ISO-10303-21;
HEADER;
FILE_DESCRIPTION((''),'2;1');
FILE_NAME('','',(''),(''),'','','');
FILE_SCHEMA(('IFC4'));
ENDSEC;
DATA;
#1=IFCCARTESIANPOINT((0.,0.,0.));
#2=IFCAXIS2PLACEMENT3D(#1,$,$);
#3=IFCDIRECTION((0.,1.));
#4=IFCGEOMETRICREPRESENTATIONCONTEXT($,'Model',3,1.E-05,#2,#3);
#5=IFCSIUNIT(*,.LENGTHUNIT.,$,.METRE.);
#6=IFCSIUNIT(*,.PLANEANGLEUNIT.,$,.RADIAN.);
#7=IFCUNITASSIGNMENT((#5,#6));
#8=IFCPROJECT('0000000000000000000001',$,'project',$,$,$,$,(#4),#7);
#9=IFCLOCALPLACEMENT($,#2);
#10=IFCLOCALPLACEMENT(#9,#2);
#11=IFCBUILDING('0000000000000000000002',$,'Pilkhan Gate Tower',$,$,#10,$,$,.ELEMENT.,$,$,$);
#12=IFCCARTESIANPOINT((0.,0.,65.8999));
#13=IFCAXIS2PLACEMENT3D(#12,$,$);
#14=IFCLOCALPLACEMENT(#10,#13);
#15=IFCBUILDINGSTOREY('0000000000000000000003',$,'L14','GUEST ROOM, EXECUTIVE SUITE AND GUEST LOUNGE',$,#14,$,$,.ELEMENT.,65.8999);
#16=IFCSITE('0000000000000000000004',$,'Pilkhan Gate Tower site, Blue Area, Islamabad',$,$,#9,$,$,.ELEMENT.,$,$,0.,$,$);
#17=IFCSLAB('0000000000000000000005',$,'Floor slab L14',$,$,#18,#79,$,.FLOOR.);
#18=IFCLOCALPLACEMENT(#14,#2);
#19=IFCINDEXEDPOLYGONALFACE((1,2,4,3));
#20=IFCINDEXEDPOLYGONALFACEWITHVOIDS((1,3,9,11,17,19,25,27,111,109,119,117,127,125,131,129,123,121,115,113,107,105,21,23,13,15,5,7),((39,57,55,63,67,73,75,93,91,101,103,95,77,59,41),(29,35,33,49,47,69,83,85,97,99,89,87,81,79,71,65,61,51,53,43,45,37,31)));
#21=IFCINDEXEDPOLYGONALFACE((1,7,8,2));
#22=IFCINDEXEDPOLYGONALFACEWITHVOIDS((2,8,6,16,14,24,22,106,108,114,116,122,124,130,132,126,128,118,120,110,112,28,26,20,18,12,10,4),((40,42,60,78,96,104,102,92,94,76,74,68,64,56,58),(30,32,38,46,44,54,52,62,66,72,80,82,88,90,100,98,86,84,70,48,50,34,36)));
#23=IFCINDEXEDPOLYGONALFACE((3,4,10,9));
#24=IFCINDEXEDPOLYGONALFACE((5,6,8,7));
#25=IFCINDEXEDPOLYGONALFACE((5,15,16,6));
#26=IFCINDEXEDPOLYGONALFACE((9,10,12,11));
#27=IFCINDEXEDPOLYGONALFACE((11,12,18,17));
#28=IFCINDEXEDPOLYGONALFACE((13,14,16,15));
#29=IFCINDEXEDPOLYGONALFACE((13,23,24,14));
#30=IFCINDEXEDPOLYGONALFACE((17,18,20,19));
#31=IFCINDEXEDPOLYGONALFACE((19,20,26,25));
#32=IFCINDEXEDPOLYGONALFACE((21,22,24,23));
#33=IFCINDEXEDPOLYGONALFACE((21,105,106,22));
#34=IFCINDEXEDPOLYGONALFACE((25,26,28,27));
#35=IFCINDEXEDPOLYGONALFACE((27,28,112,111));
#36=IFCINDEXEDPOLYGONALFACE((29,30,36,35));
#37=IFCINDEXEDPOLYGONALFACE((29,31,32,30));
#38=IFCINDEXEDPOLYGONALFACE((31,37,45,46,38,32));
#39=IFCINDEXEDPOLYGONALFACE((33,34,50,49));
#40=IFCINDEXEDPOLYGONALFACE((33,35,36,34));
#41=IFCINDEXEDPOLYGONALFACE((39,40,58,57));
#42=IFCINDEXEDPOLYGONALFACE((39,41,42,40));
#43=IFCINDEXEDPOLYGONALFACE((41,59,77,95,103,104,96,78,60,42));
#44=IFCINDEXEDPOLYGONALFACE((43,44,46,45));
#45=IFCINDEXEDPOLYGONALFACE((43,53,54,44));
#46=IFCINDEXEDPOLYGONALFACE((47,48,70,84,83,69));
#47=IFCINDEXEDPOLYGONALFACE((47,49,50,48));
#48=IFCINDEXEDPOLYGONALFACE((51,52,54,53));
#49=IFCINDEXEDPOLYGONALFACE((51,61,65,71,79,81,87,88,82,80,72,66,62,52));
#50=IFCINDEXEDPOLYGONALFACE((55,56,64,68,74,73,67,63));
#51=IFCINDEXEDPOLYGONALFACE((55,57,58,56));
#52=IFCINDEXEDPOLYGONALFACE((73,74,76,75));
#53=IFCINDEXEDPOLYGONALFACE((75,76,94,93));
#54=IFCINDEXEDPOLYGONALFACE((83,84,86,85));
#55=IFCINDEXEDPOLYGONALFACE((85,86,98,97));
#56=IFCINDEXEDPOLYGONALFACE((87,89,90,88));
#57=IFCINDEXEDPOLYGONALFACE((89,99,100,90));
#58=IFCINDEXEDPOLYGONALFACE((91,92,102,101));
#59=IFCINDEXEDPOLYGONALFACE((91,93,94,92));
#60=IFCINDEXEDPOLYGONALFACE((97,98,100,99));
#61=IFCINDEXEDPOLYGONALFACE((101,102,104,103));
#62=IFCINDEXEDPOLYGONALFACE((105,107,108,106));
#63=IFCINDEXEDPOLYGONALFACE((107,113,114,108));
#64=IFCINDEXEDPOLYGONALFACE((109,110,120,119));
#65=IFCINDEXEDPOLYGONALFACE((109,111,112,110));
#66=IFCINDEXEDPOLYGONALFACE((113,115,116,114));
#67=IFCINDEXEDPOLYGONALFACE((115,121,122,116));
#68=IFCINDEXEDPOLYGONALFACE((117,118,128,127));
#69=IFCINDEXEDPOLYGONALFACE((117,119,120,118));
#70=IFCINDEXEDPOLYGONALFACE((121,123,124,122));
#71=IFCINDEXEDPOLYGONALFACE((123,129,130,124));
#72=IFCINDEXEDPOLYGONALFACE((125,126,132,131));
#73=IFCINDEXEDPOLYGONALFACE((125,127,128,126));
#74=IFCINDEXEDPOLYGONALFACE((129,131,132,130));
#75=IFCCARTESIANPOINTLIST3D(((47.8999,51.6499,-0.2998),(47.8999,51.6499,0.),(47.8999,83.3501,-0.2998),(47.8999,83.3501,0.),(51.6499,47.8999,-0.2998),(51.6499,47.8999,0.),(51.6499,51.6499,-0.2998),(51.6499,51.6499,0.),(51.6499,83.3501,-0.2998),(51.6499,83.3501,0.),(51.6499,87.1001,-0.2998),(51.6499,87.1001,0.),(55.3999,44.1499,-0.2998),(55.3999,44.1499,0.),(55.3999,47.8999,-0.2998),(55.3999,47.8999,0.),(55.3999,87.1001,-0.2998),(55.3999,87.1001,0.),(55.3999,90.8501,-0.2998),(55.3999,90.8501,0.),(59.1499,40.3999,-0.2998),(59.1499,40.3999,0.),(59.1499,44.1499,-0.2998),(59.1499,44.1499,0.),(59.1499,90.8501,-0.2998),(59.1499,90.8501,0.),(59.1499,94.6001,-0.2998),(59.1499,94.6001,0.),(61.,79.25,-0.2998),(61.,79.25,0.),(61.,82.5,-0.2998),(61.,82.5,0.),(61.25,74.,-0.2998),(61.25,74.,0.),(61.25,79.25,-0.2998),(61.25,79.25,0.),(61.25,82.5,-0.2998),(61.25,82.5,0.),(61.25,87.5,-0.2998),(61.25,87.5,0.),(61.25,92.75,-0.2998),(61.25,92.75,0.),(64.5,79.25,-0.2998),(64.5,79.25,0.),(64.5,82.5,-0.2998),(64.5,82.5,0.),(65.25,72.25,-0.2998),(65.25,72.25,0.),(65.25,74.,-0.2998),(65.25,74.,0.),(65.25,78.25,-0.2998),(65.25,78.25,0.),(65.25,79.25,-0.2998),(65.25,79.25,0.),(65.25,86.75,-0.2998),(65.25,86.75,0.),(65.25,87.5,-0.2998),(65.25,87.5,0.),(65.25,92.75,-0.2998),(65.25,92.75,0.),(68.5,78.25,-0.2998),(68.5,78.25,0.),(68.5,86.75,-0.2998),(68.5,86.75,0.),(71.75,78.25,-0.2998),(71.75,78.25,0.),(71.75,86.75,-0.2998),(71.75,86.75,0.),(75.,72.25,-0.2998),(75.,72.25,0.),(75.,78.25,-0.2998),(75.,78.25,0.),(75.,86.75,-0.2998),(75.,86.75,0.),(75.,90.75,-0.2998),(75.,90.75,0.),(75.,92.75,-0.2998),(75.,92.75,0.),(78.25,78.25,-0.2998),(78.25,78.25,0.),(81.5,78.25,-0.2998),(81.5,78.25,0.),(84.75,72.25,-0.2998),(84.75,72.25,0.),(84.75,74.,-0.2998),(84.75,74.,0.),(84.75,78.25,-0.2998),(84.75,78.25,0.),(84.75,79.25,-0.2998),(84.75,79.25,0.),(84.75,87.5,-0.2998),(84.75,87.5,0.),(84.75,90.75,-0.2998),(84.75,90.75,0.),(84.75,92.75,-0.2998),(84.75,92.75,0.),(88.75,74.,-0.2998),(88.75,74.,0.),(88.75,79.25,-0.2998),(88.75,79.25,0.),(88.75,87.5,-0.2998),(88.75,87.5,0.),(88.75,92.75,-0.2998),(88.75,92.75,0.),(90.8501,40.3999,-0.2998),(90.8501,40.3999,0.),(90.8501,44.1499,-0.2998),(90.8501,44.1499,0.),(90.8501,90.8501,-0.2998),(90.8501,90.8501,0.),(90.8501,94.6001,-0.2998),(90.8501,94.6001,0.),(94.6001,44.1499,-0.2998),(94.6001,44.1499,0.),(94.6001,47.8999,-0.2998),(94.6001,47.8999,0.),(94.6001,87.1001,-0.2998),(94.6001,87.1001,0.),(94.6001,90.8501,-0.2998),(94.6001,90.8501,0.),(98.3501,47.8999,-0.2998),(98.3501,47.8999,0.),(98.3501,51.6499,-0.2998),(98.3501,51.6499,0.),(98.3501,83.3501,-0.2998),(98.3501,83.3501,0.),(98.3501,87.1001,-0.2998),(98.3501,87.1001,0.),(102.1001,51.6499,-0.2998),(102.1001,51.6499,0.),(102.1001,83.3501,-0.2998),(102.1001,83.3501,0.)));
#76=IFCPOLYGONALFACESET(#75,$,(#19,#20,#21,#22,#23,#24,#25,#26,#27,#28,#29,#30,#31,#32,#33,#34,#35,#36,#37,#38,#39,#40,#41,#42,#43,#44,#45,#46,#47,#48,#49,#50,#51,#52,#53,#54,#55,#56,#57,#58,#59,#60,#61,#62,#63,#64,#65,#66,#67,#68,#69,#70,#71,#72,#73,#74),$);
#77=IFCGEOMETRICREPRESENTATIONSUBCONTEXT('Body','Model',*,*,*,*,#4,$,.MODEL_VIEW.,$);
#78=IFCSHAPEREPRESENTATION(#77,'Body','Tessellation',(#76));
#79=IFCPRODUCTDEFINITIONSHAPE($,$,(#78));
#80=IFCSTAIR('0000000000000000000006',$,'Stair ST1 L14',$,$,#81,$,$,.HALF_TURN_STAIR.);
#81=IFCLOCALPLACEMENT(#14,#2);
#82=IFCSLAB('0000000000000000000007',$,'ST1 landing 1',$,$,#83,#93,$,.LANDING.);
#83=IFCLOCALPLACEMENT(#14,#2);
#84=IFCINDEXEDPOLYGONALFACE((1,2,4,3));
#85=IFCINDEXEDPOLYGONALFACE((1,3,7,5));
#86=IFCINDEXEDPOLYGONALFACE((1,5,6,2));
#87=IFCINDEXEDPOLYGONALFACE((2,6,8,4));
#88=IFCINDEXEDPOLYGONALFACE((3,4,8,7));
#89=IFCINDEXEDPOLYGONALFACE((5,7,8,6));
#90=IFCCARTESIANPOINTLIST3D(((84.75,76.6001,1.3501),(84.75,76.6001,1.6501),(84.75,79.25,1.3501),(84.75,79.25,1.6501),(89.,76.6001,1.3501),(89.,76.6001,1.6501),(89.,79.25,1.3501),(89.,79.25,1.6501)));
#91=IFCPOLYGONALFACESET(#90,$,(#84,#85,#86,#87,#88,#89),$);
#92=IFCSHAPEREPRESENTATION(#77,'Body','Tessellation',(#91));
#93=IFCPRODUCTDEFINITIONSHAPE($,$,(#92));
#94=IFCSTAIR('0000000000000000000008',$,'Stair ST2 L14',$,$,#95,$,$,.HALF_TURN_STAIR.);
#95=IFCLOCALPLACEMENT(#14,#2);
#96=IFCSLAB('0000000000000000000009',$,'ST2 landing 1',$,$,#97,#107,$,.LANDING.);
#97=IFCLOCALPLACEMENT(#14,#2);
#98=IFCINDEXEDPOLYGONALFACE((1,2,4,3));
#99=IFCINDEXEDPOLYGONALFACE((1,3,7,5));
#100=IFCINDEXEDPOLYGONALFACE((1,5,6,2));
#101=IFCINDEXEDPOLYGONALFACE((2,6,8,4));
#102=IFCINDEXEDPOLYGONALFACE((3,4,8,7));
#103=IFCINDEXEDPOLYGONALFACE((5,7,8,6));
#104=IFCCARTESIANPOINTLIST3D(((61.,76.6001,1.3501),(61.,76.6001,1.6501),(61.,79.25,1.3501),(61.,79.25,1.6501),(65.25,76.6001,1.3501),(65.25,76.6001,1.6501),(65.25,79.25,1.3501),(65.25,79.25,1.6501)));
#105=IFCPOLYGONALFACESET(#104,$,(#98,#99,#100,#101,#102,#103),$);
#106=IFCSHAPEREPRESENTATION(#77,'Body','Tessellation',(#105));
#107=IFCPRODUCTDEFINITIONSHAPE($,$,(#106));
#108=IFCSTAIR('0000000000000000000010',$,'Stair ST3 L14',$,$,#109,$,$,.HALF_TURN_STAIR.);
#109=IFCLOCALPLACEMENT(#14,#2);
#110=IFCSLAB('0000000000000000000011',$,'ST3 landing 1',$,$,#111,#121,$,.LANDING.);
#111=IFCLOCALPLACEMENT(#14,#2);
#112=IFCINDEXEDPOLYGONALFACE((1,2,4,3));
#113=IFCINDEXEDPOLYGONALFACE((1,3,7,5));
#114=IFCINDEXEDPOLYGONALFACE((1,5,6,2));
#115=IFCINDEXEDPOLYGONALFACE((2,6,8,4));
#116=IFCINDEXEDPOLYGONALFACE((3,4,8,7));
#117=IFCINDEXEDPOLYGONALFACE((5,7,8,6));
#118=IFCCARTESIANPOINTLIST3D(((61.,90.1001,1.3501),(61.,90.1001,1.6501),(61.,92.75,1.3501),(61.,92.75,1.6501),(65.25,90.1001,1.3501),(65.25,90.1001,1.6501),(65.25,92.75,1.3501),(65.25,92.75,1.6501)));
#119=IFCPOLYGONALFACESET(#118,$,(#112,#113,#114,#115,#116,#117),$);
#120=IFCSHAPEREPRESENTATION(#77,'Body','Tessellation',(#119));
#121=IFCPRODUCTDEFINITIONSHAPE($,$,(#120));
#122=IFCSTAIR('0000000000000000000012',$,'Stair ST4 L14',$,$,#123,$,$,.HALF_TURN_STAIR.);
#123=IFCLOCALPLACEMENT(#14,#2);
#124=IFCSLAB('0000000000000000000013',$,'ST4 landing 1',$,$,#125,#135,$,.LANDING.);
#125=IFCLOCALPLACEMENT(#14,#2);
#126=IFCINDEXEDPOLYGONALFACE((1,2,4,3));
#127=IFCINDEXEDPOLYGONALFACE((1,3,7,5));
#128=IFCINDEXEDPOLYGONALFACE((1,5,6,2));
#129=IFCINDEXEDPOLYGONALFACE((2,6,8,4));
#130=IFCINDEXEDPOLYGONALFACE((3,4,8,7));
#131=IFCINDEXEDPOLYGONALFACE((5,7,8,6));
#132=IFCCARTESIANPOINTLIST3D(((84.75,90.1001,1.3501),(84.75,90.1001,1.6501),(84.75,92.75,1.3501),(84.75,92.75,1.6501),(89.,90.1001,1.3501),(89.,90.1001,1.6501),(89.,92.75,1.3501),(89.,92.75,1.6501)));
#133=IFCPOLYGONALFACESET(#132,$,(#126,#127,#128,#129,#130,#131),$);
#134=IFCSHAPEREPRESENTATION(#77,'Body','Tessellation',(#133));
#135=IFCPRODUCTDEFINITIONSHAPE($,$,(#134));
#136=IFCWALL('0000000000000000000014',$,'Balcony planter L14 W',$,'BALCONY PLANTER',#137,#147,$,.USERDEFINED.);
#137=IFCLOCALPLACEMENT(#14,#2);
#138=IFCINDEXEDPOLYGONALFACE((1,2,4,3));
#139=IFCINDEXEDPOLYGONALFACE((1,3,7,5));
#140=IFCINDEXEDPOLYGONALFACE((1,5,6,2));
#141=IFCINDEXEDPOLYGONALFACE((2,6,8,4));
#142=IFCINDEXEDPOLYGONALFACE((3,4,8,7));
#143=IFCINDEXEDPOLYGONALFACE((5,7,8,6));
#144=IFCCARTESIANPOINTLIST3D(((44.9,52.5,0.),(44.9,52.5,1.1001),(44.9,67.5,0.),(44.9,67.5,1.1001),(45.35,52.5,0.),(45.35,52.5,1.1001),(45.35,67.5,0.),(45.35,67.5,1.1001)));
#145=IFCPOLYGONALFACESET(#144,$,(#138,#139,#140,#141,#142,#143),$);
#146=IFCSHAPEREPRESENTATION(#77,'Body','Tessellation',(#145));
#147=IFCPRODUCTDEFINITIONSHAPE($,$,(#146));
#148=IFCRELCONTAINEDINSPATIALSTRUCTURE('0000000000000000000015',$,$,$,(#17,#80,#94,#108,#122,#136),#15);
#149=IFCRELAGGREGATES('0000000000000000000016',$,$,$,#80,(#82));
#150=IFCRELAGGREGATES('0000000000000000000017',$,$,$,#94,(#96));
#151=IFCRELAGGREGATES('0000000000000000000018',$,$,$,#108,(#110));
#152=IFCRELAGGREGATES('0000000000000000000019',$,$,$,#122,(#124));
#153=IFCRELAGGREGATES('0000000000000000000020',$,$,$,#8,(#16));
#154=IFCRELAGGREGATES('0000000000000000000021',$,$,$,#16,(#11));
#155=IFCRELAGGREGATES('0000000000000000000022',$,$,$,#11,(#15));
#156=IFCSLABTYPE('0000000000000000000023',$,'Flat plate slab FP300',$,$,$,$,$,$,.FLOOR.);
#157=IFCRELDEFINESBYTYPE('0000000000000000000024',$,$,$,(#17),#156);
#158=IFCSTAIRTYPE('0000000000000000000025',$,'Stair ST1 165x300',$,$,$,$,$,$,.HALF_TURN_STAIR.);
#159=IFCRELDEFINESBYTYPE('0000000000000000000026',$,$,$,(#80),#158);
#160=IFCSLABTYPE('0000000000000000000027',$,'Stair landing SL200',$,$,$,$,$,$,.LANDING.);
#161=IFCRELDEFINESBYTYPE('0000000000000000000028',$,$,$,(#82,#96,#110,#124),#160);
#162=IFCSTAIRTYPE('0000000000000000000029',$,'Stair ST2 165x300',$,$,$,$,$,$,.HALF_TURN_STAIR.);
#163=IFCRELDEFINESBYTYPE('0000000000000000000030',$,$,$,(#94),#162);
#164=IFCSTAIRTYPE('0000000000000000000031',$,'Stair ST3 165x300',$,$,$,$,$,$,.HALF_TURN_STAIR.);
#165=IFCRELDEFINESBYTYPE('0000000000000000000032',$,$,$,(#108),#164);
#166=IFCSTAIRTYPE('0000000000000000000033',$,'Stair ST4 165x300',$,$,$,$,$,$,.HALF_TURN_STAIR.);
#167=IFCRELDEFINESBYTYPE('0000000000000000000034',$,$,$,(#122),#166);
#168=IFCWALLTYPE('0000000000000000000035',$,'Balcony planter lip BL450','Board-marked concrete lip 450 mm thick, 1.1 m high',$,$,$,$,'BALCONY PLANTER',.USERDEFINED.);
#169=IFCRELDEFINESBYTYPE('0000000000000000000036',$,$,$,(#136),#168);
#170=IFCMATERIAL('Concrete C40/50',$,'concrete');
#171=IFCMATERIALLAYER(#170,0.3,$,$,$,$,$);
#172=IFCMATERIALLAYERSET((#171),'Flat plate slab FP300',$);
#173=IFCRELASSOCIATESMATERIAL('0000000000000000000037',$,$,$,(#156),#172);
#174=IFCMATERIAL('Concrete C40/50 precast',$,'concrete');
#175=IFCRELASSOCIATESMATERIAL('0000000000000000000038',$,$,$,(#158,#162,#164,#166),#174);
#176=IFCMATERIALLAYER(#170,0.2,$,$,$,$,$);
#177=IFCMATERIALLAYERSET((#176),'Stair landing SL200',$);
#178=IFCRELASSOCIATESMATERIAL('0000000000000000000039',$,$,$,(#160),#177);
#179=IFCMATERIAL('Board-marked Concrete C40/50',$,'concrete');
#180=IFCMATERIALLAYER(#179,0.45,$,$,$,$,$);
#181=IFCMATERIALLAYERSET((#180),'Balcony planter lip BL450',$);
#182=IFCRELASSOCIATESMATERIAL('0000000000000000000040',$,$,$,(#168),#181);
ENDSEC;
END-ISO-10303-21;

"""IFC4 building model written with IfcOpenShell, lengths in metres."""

from ifc_helpers import new_model, si_unit, direction, frame, frame_2d, origin, place, context, subcontext, project, spatial, polyline, rectangle, outline, extrude, material, layer, layer_set, type_object, element, aggregate, save


model = new_model("IFC4")

# Units and contexts
model_context = context("Model", 3, precision=1e-05, world=origin(), true_north=direction((0.0, 1.0)))
body_context = subcontext(model_context, "Body", "Model", "MODEL_VIEW")
ifc_project = project(units=[si_unit("LENGTHUNIT", "METRE"), si_unit("PLANEANGLEUNIT", "RADIAN")], contexts=[model_context])

# Site, building, storey
site_placement = place(None, origin())
site = spatial("IfcSite", under=ifc_project, at=site_placement, Name="Pilkhan Gate Tower site, Blue Area, Islamabad", CompositionType="ELEMENT", RefElevation=0.0)
building_placement = place(site_placement, origin())
building = spatial("IfcBuilding", under=site, at=building_placement, Name="Pilkhan Gate Tower", CompositionType="ELEMENT")
storey_placement = place(building_placement, frame((0.0, 0.0, 65.8999)))
storey = spatial("IfcBuildingStorey", under=building, at=storey_placement, Name="L14", Description="GUEST ROOM, EXECUTIVE SUITE AND GUEST LOUNGE", CompositionType="ELEMENT", Elevation=65.8999)

# Slab
ifc_material_1 = material(Name="Concrete C40/50", Category="concrete")
ifc_layer_1 = layer(ifc_material_1, 0.3)
ifc_layer_set_1 = layer_set([ifc_layer_1], Name="Flat plate slab FP300")
slab_type_1 = type_object("IfcSlabType", Name="Flat plate slab FP300", PredefinedType="FLOOR", material=ifc_layer_set_1)
slab_1_placement = place(storey_placement, frame((0.0, 0.0, -0.2998)))
element("IfcSlab", 1, at=slab_1_placement, inside=storey, type_object=slab_type_1, Name="Floor slab L14", PredefinedType="FLOOR", context=body_context, shape_type="SweptSolid", body=[
    extrude(outline(polyline([(98.3501, 47.8999), (94.6001, 47.8999), (94.6001, 44.1499), (90.8501, 44.1499), (90.8501, 40.3999), (59.1499, 40.3999), (59.1499, 44.1499), (55.3999, 44.1499), (55.3999, 47.8999), (51.6499, 47.8999), (51.6499, 51.6499), (47.8999, 51.6499), (47.8999, 83.3501), (51.6499, 83.3501), (51.6499, 87.1001), (55.3999, 87.1001), (55.3999, 90.8501), (59.1499, 90.8501), (59.1499, 94.6001), (90.8501, 94.6001), (90.8501, 90.8501), (94.6001, 90.8501), (94.6001, 87.1001), (98.3501, 87.1001), (98.3501, 83.3501), (102.1001, 83.3501), (102.1001, 51.6499), (98.3501, 51.6499), (98.3501, 47.8999)]), holes=[polyline([(65.25, 87.5), (65.25, 86.75), (68.5, 86.75), (71.75, 86.75), (75.0, 86.75), (75.0, 90.75), (84.75, 90.75), (84.75, 87.5), (88.75, 87.5), (88.75, 92.75), (84.75, 92.75), (75.0, 92.75), (65.25, 92.75), (61.25, 92.75), (61.25, 87.5), (65.25, 87.5)]), polyline([(75.0, 72.25), (84.75, 72.25), (84.75, 74.0), (88.75, 74.0), (88.75, 79.25), (84.75, 79.25), (84.75, 78.25), (81.5, 78.25), (78.25, 78.25), (75.0, 78.25), (71.75, 78.25), (68.5, 78.25), (65.25, 78.25), (65.25, 79.25), (64.5, 79.25), (64.5, 82.5), (61.25, 82.5), (61.0, 82.5), (61.0, 79.25), (61.25, 79.25), (61.25, 74.0), (65.25, 74.0), (65.25, 72.25), (75.0, 72.25)])]), origin(), (0.0, 0.0, 1.0), 0.2998),
])

# Stairs, slabs
ifc_material_2 = material(Name="Concrete C40/50 precast", Category="concrete")
stair_type_1 = type_object("IfcStairType", Name="Stair ST1 165x300", PredefinedType="HALF_TURN_STAIR", material=ifc_material_2)
stair_1_placement = place(storey_placement, origin())
stair_1 = element("IfcStair", 2, at=stair_1_placement, inside=storey, type_object=stair_type_1, Name="Stair ST1 L14", PredefinedType="HALF_TURN_STAIR")
ifc_layer_2 = layer(ifc_material_1, 0.2)
ifc_layer_set_2 = layer_set([ifc_layer_2], Name="Stair landing SL200")
slab_type_2 = type_object("IfcSlabType", Name="Stair landing SL200", PredefinedType="LANDING", material=ifc_layer_set_2)
slab_2_placement = place(storey_placement, frame((0.0, 0.0, 1.3501)))
slab_2 = element("IfcSlab", 3, at=slab_2_placement, type_object=slab_type_2, Name="ST1 landing 1", PredefinedType="LANDING", context=body_context, shape_type="SweptSolid", body=[
    extrude(outline(polyline([(89.0, 76.6001), (89.0, 79.25), (84.75, 79.25), (84.75, 76.6001), (89.0, 76.6001)])), origin(), (0.0, 0.0, 1.0), 0.3),
])
aggregate(stair_1, [slab_2])
stair_type_2 = type_object("IfcStairType", Name="Stair ST2 165x300", PredefinedType="HALF_TURN_STAIR", material=ifc_material_2)
stair_2_placement = place(storey_placement, origin())
stair_2 = element("IfcStair", 4, at=stair_2_placement, inside=storey, type_object=stair_type_2, Name="Stair ST2 L14", PredefinedType="HALF_TURN_STAIR")
slab_3_placement = place(storey_placement, frame((0.0, 0.0, 1.3501)))
slab_3 = element("IfcSlab", 5, at=slab_3_placement, type_object=slab_type_2, Name="ST2 landing 1", PredefinedType="LANDING", context=body_context, shape_type="SweptSolid", body=[
    extrude(outline(polyline([(65.25, 76.6001), (65.25, 79.25), (61.0, 79.25), (61.0, 76.6001), (65.25, 76.6001)])), origin(), (0.0, 0.0, 1.0), 0.3),
])
aggregate(stair_2, [slab_3])
stair_type_3 = type_object("IfcStairType", Name="Stair ST3 165x300", PredefinedType="HALF_TURN_STAIR", material=ifc_material_2)
stair_3_placement = place(storey_placement, origin())
stair_3 = element("IfcStair", 6, at=stair_3_placement, inside=storey, type_object=stair_type_3, Name="Stair ST3 L14", PredefinedType="HALF_TURN_STAIR")
slab_4_placement = place(storey_placement, frame((0.0, 0.0, 1.3501)))
slab_4 = element("IfcSlab", 7, at=slab_4_placement, type_object=slab_type_2, Name="ST3 landing 1", PredefinedType="LANDING", context=body_context, shape_type="SweptSolid", body=[
    extrude(outline(polyline([(65.25, 90.1001), (65.25, 92.75), (61.0, 92.75), (61.0, 90.1001), (65.25, 90.1001)])), origin(), (0.0, 0.0, 1.0), 0.3),
])
aggregate(stair_3, [slab_4])
stair_type_4 = type_object("IfcStairType", Name="Stair ST4 165x300", PredefinedType="HALF_TURN_STAIR", material=ifc_material_2)
stair_4_placement = place(storey_placement, origin())
stair_4 = element("IfcStair", 8, at=stair_4_placement, inside=storey, type_object=stair_type_4, Name="Stair ST4 L14", PredefinedType="HALF_TURN_STAIR")
slab_5_placement = place(storey_placement, frame((0.0, 0.0, 1.3501)))
slab_5 = element("IfcSlab", 9, at=slab_5_placement, type_object=slab_type_2, Name="ST4 landing 1", PredefinedType="LANDING", context=body_context, shape_type="SweptSolid", body=[
    extrude(outline(polyline([(89.0, 90.1001), (89.0, 92.75), (84.75, 92.75), (84.75, 90.1001), (89.0, 90.1001)])), origin(), (0.0, 0.0, 1.0), 0.3),
])
aggregate(stair_4, [slab_5])

# Wall
ifc_material_3 = material(Name="Board-marked Concrete C40/50", Category="concrete")
ifc_layer_3 = layer(ifc_material_3, 0.45)
ifc_layer_set_3 = layer_set([ifc_layer_3], Name="Balcony planter lip BL450")
wall_type = type_object("IfcWallType", Name="Balcony planter lip BL450", Description="Board-marked concrete lip 450 mm thick, 1.1 m high", ElementType="BALCONY PLANTER", PredefinedType="USERDEFINED", material=ifc_layer_set_3)
wall_placement = place(storey_placement, frame((45.125, 52.5, 0.0), z_axis=(0.0, 0.0, 1.0), x_axis=(0.0, 1.0, 0.0)))
element("IfcWall", 10, at=wall_placement, inside=storey, type_object=wall_type, Name="Balcony planter L14 W", ObjectType="BALCONY PLANTER", PredefinedType="USERDEFINED", context=body_context, shape_type="SweptSolid", body=[
    extrude(rectangle(XDim=15.0, YDim=0.45, at=frame_2d((7.5, 0.0))), origin(), (0.0, 0.0, 1.0), 1.1001),
])

save(model, "model.ifc")
